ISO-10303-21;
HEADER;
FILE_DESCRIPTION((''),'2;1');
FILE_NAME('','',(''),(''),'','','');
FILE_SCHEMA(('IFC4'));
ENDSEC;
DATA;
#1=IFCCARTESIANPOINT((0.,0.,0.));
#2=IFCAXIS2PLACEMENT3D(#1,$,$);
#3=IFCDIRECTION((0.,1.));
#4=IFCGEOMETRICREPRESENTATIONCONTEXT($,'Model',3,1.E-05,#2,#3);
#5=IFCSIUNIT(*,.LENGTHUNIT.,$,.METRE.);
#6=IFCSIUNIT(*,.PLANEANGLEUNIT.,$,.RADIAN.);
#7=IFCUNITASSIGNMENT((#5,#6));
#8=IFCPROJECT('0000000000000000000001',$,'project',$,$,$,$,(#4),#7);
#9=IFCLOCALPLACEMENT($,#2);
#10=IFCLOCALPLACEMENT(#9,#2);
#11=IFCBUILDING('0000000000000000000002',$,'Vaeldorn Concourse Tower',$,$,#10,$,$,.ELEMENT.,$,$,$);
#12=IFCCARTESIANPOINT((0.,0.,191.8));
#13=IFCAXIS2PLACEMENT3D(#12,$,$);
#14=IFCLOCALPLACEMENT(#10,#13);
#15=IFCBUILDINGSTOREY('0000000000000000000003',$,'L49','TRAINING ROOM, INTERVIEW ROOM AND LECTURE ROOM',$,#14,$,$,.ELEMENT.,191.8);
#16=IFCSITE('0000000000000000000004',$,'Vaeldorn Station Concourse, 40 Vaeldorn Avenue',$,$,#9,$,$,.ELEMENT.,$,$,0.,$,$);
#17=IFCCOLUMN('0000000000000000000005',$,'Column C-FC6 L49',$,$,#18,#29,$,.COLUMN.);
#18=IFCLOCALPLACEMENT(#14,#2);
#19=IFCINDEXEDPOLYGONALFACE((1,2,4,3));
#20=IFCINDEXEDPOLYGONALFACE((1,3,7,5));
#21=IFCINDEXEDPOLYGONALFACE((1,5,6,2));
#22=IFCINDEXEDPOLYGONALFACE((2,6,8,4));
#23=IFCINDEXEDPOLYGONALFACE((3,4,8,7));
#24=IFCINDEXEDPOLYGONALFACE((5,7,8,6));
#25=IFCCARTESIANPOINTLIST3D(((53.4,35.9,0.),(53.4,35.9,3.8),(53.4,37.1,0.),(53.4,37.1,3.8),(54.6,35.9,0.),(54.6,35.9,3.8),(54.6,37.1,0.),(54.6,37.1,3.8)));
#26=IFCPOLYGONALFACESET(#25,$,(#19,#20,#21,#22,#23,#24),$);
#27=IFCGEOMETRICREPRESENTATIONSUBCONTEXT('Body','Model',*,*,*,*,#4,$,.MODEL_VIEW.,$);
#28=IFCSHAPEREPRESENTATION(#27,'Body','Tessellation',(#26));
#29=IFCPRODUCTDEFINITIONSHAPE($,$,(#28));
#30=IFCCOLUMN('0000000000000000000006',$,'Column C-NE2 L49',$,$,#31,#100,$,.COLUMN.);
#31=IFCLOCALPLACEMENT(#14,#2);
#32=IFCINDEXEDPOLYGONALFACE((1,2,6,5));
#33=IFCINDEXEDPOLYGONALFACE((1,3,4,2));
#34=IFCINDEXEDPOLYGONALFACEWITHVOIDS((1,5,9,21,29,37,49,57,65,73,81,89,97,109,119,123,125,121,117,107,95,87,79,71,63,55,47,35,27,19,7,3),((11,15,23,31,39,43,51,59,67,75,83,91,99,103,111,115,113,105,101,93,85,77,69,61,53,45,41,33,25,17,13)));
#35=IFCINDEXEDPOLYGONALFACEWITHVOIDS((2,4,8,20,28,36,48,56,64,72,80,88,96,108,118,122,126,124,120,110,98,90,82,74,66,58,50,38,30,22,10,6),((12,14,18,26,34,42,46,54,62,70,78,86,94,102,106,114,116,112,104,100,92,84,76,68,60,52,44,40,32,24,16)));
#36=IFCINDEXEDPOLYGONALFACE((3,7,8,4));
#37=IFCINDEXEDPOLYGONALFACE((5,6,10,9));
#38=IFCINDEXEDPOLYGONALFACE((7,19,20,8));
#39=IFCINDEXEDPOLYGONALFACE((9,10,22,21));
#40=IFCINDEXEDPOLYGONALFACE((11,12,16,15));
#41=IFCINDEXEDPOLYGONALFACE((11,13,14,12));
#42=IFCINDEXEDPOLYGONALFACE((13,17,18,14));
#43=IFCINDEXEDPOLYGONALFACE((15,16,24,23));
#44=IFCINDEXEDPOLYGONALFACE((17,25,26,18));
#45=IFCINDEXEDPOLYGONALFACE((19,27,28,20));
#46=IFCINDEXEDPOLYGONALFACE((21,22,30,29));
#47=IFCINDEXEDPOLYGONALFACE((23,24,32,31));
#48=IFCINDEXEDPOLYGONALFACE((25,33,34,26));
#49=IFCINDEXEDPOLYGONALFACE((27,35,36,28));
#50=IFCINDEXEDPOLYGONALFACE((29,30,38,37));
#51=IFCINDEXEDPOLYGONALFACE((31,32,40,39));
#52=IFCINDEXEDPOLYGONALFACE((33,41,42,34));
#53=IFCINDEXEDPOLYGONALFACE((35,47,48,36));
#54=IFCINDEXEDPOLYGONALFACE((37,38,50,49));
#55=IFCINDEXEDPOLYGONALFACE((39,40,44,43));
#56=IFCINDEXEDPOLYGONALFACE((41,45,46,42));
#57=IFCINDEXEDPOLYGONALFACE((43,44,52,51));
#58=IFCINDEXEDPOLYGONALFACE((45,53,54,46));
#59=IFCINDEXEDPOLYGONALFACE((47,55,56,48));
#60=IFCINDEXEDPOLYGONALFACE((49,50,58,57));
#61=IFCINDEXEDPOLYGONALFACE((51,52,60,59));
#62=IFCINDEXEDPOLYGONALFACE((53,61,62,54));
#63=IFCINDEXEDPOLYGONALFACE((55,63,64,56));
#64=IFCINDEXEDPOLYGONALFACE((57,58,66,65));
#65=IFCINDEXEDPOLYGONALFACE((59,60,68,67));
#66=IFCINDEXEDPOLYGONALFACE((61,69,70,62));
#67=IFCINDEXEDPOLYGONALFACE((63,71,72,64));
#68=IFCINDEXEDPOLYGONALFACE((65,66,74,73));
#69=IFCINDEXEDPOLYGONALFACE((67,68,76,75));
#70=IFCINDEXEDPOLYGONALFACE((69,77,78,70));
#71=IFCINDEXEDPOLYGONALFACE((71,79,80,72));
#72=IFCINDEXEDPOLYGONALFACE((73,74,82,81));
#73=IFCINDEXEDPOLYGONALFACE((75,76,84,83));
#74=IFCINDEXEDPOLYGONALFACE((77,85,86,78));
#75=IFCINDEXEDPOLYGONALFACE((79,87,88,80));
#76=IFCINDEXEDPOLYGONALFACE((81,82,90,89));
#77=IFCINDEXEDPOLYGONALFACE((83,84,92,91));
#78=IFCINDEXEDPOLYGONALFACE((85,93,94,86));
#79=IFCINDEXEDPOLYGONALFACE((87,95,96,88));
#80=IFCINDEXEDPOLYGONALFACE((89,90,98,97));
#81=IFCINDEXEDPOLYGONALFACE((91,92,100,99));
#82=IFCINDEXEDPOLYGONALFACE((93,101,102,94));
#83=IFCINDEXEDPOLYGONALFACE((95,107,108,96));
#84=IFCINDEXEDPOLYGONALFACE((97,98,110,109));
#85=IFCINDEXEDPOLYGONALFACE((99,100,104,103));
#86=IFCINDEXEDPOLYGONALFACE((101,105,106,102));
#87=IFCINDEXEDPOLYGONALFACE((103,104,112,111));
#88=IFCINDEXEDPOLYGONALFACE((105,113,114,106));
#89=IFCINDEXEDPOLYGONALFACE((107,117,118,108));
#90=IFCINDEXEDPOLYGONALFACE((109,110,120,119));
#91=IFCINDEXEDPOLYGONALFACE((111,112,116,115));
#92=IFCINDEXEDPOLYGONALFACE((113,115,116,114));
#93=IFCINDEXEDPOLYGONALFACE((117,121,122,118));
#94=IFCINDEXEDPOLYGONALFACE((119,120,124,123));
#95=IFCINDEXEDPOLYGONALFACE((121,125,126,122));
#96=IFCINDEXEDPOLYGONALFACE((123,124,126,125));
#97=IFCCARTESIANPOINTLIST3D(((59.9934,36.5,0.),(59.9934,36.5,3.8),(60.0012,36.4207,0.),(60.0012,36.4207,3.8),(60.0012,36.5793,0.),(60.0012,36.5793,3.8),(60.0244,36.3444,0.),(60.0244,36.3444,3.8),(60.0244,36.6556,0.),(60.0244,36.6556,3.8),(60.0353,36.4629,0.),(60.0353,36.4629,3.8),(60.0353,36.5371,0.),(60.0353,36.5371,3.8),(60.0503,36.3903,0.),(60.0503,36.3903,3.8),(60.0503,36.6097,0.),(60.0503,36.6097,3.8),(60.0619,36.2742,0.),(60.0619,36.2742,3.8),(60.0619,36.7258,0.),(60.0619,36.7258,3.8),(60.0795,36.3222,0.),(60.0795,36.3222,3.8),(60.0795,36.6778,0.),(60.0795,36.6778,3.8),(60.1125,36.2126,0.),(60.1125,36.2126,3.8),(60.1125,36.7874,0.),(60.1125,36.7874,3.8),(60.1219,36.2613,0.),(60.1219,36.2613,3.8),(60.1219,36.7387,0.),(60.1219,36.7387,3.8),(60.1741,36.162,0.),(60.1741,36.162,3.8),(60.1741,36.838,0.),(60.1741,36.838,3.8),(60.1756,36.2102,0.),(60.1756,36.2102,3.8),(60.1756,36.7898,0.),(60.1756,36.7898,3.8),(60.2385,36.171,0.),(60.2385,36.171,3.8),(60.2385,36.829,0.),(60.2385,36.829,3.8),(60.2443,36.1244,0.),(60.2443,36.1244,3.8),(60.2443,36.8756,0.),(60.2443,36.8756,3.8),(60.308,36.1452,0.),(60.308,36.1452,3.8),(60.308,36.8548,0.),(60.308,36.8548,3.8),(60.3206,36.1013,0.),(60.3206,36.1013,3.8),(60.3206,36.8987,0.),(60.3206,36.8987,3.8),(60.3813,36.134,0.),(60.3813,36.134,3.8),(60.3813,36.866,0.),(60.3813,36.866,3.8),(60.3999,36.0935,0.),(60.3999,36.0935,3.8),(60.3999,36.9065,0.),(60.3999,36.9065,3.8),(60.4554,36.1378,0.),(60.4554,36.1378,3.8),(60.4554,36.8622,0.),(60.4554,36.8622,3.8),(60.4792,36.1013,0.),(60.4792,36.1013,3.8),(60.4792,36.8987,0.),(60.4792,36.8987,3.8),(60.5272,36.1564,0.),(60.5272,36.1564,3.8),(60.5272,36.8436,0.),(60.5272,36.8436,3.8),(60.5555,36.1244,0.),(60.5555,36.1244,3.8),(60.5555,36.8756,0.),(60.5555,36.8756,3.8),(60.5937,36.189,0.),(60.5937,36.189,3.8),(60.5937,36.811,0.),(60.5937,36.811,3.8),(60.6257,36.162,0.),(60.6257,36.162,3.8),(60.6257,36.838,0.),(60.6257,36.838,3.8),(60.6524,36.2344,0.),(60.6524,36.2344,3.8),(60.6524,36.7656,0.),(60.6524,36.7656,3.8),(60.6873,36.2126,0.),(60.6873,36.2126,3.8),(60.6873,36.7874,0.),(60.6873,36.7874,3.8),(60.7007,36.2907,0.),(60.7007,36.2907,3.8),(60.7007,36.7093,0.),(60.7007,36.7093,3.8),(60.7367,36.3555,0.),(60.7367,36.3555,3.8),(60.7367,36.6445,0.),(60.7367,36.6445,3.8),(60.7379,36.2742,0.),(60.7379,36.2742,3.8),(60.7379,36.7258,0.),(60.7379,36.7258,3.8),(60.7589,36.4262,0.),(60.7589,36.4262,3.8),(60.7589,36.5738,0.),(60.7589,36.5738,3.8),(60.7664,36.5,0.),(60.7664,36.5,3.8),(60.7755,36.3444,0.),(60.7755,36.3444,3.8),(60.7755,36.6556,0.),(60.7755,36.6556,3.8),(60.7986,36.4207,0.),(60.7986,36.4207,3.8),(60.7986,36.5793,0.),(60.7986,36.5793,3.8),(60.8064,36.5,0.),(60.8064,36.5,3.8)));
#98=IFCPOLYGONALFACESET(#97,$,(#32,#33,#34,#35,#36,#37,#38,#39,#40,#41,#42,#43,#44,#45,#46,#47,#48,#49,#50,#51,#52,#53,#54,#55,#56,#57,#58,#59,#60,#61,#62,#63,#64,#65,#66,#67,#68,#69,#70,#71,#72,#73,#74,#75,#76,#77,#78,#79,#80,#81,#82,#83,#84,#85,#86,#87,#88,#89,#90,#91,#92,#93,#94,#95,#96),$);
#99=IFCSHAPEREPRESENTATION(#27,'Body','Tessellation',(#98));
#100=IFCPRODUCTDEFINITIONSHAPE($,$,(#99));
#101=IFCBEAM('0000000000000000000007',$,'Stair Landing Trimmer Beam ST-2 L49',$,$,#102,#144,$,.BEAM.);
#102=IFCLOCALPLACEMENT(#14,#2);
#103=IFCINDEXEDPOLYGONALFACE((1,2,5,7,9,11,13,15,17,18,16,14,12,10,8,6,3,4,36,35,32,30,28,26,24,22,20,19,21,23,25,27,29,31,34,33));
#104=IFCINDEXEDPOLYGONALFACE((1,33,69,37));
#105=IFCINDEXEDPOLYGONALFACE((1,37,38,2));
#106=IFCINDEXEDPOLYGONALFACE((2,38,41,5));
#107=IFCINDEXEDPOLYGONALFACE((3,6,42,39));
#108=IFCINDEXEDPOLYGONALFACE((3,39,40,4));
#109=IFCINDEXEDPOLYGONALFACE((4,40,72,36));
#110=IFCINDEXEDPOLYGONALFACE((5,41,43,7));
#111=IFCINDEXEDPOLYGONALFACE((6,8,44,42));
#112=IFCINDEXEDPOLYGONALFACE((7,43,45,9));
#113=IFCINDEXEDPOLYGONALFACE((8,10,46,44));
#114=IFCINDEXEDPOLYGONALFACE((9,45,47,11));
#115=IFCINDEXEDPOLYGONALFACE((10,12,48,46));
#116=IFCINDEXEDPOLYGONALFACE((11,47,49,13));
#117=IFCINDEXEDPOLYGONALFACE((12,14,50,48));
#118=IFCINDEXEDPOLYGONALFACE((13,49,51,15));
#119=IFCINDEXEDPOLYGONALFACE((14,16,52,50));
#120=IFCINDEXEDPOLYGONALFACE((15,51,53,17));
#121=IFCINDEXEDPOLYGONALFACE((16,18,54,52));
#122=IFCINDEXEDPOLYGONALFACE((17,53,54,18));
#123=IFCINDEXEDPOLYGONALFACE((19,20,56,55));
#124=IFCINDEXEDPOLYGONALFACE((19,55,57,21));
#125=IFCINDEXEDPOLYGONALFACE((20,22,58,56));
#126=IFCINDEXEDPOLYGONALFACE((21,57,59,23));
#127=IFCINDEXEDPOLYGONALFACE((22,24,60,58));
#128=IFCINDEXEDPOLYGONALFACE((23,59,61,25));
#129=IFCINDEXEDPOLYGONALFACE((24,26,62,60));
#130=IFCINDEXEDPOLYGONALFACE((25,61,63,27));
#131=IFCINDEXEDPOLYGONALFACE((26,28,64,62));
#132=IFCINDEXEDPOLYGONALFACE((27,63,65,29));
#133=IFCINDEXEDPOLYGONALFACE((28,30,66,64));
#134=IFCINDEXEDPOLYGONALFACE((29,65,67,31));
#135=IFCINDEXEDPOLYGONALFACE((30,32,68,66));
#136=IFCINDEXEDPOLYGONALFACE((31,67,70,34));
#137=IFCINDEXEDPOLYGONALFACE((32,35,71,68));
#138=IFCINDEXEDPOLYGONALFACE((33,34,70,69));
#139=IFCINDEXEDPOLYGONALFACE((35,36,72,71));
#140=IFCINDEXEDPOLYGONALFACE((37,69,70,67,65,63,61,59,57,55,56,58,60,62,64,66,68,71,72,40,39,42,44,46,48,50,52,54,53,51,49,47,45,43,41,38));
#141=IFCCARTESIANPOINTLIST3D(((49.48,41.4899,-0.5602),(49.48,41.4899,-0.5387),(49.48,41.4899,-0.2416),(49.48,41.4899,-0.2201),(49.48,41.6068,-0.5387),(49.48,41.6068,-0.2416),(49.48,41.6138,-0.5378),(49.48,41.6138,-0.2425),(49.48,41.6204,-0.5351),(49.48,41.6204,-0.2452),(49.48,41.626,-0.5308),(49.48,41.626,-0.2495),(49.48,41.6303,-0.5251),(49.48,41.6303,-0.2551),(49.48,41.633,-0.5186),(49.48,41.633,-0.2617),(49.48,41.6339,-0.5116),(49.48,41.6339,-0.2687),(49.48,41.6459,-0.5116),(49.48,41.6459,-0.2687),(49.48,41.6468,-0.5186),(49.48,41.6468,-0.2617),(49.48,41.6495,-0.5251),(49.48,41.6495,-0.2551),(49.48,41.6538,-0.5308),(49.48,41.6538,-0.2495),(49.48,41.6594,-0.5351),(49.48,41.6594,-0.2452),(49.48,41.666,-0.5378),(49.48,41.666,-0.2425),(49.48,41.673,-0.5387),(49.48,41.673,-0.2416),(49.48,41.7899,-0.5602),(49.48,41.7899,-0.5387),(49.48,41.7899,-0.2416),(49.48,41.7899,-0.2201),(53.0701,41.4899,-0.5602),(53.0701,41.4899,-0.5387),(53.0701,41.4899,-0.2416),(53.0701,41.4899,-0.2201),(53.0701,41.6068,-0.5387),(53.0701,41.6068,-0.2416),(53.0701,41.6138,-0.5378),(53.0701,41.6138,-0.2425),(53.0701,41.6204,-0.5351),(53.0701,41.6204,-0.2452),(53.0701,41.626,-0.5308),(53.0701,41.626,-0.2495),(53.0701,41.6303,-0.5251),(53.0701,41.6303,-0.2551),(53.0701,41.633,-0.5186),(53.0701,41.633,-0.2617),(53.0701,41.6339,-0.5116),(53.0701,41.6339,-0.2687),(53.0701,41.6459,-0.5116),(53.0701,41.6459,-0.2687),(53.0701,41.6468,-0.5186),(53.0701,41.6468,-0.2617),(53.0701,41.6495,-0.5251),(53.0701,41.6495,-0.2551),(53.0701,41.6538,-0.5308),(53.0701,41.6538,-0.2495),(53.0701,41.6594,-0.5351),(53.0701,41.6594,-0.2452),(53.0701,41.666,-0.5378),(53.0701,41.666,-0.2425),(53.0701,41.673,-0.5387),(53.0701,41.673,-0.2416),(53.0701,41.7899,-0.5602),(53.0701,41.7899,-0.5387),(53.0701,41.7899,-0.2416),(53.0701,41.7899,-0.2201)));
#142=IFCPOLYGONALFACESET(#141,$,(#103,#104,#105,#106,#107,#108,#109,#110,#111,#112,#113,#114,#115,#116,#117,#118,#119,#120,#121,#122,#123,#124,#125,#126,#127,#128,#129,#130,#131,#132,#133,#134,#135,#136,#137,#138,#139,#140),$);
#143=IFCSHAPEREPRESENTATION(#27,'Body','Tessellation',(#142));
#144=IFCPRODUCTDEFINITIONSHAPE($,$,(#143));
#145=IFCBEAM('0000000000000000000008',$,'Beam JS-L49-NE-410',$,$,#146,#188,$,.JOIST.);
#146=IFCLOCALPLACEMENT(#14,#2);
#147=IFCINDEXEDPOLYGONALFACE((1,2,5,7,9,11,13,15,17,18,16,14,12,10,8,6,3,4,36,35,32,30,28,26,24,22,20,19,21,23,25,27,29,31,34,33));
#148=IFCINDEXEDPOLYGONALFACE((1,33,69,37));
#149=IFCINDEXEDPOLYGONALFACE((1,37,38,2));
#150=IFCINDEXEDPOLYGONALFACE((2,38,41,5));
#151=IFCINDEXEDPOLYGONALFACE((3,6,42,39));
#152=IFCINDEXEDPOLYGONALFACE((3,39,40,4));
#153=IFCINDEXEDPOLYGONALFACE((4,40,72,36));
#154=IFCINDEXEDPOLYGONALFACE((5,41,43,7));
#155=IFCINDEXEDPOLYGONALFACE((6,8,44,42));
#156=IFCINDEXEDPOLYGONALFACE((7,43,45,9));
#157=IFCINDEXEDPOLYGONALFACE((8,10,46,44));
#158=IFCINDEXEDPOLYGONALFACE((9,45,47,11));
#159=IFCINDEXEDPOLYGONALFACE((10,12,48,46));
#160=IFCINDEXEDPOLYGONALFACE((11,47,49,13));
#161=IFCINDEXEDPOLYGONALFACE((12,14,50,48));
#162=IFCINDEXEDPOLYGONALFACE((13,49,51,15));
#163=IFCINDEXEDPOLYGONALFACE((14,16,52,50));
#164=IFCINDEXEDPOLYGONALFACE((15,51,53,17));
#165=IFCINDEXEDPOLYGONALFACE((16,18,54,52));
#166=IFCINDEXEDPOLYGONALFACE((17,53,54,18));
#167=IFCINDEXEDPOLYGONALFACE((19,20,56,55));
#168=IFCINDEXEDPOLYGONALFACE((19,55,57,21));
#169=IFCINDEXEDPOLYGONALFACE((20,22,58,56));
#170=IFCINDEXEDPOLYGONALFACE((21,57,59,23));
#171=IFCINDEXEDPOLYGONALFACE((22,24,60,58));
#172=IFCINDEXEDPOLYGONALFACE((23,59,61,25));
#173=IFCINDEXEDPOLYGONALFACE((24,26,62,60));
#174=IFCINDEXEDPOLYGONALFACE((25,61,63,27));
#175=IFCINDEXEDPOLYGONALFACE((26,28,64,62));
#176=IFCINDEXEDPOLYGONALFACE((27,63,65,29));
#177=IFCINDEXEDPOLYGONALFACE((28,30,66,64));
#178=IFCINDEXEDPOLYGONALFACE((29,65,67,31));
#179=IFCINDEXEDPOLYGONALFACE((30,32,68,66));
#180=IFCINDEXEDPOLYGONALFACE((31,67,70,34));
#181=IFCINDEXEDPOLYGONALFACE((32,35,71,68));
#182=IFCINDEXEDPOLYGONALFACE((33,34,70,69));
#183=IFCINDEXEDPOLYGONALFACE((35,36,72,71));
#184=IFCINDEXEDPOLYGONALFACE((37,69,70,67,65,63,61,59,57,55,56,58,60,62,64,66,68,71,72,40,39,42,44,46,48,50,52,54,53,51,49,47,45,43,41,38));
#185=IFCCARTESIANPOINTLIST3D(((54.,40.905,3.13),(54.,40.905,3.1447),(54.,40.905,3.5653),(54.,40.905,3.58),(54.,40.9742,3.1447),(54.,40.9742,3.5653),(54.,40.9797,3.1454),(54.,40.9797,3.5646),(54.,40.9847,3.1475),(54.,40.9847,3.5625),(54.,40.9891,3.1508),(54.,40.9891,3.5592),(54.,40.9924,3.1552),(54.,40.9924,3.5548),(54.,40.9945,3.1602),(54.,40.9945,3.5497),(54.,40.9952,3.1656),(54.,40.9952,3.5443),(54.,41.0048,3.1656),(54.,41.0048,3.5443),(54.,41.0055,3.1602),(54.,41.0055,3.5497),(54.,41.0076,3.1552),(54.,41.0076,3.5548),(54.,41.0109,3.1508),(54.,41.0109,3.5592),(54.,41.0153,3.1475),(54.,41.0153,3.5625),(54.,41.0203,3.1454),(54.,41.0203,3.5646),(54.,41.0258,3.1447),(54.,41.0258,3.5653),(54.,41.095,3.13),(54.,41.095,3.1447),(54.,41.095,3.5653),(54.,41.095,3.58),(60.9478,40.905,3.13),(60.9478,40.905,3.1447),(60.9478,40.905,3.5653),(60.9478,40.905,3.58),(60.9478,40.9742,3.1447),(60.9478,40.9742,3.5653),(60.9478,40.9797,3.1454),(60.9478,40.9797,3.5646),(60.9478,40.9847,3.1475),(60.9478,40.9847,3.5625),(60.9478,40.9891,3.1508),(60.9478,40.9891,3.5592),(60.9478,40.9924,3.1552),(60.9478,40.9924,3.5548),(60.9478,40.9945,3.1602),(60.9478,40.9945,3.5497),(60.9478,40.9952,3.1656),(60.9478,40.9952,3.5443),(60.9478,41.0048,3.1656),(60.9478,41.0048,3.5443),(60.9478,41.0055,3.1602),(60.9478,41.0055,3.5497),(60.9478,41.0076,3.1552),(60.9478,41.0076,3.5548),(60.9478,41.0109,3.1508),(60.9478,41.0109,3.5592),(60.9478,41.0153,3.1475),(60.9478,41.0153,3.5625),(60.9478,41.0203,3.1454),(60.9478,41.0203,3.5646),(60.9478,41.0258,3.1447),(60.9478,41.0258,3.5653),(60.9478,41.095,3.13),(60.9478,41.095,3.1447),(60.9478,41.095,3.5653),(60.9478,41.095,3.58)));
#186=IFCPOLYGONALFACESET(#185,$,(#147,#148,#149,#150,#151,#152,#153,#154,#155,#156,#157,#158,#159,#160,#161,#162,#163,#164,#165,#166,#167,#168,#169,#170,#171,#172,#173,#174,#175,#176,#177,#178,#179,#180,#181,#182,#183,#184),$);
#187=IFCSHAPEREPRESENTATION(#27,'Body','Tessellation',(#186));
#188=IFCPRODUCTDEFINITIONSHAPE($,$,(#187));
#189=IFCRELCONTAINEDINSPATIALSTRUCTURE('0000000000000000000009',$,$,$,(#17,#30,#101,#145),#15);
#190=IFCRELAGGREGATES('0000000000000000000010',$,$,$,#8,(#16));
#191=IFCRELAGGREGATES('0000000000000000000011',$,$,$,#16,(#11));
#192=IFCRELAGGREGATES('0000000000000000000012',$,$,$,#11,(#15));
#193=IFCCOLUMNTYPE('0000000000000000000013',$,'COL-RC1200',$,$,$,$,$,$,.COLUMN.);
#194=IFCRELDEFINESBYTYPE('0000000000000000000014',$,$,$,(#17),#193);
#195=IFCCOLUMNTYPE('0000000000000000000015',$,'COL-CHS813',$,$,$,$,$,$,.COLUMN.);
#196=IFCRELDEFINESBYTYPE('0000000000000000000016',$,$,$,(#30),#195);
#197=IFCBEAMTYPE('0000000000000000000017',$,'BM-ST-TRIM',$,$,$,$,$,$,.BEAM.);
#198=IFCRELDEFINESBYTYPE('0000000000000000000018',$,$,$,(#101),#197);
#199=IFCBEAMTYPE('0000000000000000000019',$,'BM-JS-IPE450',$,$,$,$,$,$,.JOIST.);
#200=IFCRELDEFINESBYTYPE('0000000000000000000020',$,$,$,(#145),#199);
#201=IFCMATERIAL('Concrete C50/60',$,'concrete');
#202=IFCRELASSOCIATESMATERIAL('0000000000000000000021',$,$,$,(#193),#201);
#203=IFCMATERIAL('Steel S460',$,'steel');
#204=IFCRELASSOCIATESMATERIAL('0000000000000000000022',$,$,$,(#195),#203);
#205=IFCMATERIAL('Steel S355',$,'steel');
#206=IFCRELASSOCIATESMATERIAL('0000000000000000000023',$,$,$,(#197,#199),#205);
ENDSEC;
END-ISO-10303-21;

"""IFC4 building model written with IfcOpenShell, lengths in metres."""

from ifc_helpers import new_model, si_unit, direction, frame, origin, origin_2d, place, context, subcontext, project, spatial, rectangle, hollow_circle, i_section, extrude, source, transform, mapped, material, material_profile, profile_set, type_object, element, save


model = new_model("IFC4")

# Units and contexts
model_context = context("Model", 3, precision=1e-05, world=origin(), true_north=direction((0.0, 1.0)))
body_context = subcontext(model_context, "Body", "Model", "MODEL_VIEW")
ifc_project = project(units=[si_unit("LENGTHUNIT", "METRE"), si_unit("PLANEANGLEUNIT", "RADIAN")], contexts=[model_context])

# Site, building, storey
site_placement = place(None, origin())
site = spatial("IfcSite", under=ifc_project, at=site_placement, Name="Vaeldorn Station Concourse, 40 Vaeldorn Avenue", CompositionType="ELEMENT", RefElevation=0.0)
building_placement = place(site_placement, origin())
building = spatial("IfcBuilding", under=site, at=building_placement, Name="Vaeldorn Concourse Tower", CompositionType="ELEMENT")
storey_placement = place(building_placement, frame((0.0, 0.0, 191.8)))
storey = spatial("IfcBuildingStorey", under=building, at=storey_placement, Name="L49", Description="TRAINING ROOM, INTERVIEW ROOM AND LECTURE ROOM", CompositionType="ELEMENT", Elevation=191.8)

# Columns
ifc_material_1 = material(Name="Concrete C50/60", Category="concrete")
ifc_material_profile_1 = material_profile(ifc_material_1, rectangle(XDim=1.2, YDim=1.2, at=origin_2d()), Name="RC 1200x1200")
ifc_profile_set_1 = profile_set([ifc_material_profile_1], Name="Concrete C50/60")
column_type_1 = type_object("IfcColumnType", Name="COL-RC1200", PredefinedType="COLUMN", material=ifc_profile_set_1)
shared_shape_1 = source(origin(), body_context, "Body", "SweptSolid", [
    extrude(rectangle(XDim=1.2, YDim=1.2, at=origin_2d()), origin(), (0.0, 0.0, 1.0), 3.8),
])
column_1_placement = place(storey_placement, frame((54.0, 36.5, 0.0), z_axis=(0.0, 0.0, 1.0), x_axis=(1.0, 0.0, 0.0)))
element("IfcColumn", 1, at=column_1_placement, inside=storey, type_object=column_type_1, Name="Column C-FC6 L49", PredefinedType="COLUMN", context=body_context, shape_type="MappedRepresentation", body=[
    mapped(shared_shape_1, transform((0.0, 0.0, 0.0), scale=1.0)),
])
ifc_material_2 = material(Name="Steel S460", Category="steel")
ifc_material_profile_2 = material_profile(ifc_material_2, hollow_circle(Radius=0.4065, WallThickness=0.04, at=origin_2d()), Name="CHS 813x40")
ifc_profile_set_2 = profile_set([ifc_material_profile_2], Name="Steel S460")
column_type_2 = type_object("IfcColumnType", Name="COL-CHS813", PredefinedType="COLUMN", material=ifc_profile_set_2)
shared_shape_2 = source(origin(), body_context, "Body", "SweptSolid", [
    extrude(hollow_circle(Radius=0.4065, WallThickness=0.04, at=origin_2d()), origin(), (0.0, 0.0, 1.0), 3.8),
])
column_2_placement = place(storey_placement, frame((60.3999, 36.5, 0.0), z_axis=(0.0, 0.0, 1.0), x_axis=(1.0, 0.0, 0.0)))
element("IfcColumn", 2, at=column_2_placement, inside=storey, type_object=column_type_2, Name="Column C-NE2 L49", PredefinedType="COLUMN", context=body_context, shape_type="MappedRepresentation", body=[
    mapped(shared_shape_2, transform((0.0, 0.0, 0.0), scale=1.0)),
])

# Beams
ifc_material_3 = material(Name="Steel S355", Category="steel")
ifc_material_profile_3 = material_profile(ifc_material_3, i_section(OverallWidth=0.3, OverallDepth=0.3401, WebThickness=0.012, FlangeThickness=0.0215, FilletRadius=0.0271, at=origin_2d()), Name="HEB 340")
ifc_profile_set_3 = profile_set([ifc_material_profile_3], Name="Steel S355")
beam_type_1 = type_object("IfcBeamType", Name="BM-ST-TRIM", PredefinedType="BEAM", material=ifc_profile_set_3)
shared_shape_3 = source(origin(), body_context, "Body", "SweptSolid", [
    extrude(i_section(OverallWidth=0.3, OverallDepth=0.3401, WebThickness=0.012, FlangeThickness=0.0215, FilletRadius=0.0271, at=origin_2d()), origin(), (0.0, 0.0, 1.0), 3.5901),
])
beam_1_placement = place(storey_placement, frame((49.48, 41.6399, -0.3901), z_axis=(1.0, 0.0, 0.0), x_axis=(0.0, 1.0, 0.0)))
element("IfcBeam", 3, at=beam_1_placement, inside=storey, type_object=beam_type_1, Name="Stair Landing Trimmer Beam ST-2 L49", PredefinedType="BEAM", context=body_context, shape_type="MappedRepresentation", body=[
    mapped(shared_shape_3, transform((0.0, 0.0, 0.0), scale=1.0)),
])
ifc_material_profile_4 = material_profile(ifc_material_3, i_section(OverallWidth=0.1899, OverallDepth=0.45, WebThickness=0.0095, FlangeThickness=0.0146, FilletRadius=0.021, at=origin_2d()), Name="IPE 450")
ifc_profile_set_4 = profile_set([ifc_material_profile_4], Name="Steel S355")
beam_type_2 = type_object("IfcBeamType", Name="BM-JS-IPE450", PredefinedType="JOIST", material=ifc_profile_set_4)
shared_shape_4 = source(origin(), body_context, "Body", "SweptSolid", [
    extrude(i_section(OverallWidth=0.1899, OverallDepth=0.45, WebThickness=0.0095, FlangeThickness=0.0146, FilletRadius=0.021, at=origin_2d()), origin(), (0.0, 0.0, 1.0), 6.9478),
])
beam_2_placement = place(storey_placement, frame((54.0, 41.0, 3.355), z_axis=(1.0, 0.0, 0.0), x_axis=(0.0, 1.0, 0.0)))
element("IfcBeam", 4, at=beam_2_placement, inside=storey, type_object=beam_type_2, Name="Beam JS-L49-NE-410", PredefinedType="JOIST", context=body_context, shape_type="MappedRepresentation", body=[
    mapped(shared_shape_4, transform((0.0, 0.0, 0.0), scale=1.0)),
])

save(model, "model.ifc")
